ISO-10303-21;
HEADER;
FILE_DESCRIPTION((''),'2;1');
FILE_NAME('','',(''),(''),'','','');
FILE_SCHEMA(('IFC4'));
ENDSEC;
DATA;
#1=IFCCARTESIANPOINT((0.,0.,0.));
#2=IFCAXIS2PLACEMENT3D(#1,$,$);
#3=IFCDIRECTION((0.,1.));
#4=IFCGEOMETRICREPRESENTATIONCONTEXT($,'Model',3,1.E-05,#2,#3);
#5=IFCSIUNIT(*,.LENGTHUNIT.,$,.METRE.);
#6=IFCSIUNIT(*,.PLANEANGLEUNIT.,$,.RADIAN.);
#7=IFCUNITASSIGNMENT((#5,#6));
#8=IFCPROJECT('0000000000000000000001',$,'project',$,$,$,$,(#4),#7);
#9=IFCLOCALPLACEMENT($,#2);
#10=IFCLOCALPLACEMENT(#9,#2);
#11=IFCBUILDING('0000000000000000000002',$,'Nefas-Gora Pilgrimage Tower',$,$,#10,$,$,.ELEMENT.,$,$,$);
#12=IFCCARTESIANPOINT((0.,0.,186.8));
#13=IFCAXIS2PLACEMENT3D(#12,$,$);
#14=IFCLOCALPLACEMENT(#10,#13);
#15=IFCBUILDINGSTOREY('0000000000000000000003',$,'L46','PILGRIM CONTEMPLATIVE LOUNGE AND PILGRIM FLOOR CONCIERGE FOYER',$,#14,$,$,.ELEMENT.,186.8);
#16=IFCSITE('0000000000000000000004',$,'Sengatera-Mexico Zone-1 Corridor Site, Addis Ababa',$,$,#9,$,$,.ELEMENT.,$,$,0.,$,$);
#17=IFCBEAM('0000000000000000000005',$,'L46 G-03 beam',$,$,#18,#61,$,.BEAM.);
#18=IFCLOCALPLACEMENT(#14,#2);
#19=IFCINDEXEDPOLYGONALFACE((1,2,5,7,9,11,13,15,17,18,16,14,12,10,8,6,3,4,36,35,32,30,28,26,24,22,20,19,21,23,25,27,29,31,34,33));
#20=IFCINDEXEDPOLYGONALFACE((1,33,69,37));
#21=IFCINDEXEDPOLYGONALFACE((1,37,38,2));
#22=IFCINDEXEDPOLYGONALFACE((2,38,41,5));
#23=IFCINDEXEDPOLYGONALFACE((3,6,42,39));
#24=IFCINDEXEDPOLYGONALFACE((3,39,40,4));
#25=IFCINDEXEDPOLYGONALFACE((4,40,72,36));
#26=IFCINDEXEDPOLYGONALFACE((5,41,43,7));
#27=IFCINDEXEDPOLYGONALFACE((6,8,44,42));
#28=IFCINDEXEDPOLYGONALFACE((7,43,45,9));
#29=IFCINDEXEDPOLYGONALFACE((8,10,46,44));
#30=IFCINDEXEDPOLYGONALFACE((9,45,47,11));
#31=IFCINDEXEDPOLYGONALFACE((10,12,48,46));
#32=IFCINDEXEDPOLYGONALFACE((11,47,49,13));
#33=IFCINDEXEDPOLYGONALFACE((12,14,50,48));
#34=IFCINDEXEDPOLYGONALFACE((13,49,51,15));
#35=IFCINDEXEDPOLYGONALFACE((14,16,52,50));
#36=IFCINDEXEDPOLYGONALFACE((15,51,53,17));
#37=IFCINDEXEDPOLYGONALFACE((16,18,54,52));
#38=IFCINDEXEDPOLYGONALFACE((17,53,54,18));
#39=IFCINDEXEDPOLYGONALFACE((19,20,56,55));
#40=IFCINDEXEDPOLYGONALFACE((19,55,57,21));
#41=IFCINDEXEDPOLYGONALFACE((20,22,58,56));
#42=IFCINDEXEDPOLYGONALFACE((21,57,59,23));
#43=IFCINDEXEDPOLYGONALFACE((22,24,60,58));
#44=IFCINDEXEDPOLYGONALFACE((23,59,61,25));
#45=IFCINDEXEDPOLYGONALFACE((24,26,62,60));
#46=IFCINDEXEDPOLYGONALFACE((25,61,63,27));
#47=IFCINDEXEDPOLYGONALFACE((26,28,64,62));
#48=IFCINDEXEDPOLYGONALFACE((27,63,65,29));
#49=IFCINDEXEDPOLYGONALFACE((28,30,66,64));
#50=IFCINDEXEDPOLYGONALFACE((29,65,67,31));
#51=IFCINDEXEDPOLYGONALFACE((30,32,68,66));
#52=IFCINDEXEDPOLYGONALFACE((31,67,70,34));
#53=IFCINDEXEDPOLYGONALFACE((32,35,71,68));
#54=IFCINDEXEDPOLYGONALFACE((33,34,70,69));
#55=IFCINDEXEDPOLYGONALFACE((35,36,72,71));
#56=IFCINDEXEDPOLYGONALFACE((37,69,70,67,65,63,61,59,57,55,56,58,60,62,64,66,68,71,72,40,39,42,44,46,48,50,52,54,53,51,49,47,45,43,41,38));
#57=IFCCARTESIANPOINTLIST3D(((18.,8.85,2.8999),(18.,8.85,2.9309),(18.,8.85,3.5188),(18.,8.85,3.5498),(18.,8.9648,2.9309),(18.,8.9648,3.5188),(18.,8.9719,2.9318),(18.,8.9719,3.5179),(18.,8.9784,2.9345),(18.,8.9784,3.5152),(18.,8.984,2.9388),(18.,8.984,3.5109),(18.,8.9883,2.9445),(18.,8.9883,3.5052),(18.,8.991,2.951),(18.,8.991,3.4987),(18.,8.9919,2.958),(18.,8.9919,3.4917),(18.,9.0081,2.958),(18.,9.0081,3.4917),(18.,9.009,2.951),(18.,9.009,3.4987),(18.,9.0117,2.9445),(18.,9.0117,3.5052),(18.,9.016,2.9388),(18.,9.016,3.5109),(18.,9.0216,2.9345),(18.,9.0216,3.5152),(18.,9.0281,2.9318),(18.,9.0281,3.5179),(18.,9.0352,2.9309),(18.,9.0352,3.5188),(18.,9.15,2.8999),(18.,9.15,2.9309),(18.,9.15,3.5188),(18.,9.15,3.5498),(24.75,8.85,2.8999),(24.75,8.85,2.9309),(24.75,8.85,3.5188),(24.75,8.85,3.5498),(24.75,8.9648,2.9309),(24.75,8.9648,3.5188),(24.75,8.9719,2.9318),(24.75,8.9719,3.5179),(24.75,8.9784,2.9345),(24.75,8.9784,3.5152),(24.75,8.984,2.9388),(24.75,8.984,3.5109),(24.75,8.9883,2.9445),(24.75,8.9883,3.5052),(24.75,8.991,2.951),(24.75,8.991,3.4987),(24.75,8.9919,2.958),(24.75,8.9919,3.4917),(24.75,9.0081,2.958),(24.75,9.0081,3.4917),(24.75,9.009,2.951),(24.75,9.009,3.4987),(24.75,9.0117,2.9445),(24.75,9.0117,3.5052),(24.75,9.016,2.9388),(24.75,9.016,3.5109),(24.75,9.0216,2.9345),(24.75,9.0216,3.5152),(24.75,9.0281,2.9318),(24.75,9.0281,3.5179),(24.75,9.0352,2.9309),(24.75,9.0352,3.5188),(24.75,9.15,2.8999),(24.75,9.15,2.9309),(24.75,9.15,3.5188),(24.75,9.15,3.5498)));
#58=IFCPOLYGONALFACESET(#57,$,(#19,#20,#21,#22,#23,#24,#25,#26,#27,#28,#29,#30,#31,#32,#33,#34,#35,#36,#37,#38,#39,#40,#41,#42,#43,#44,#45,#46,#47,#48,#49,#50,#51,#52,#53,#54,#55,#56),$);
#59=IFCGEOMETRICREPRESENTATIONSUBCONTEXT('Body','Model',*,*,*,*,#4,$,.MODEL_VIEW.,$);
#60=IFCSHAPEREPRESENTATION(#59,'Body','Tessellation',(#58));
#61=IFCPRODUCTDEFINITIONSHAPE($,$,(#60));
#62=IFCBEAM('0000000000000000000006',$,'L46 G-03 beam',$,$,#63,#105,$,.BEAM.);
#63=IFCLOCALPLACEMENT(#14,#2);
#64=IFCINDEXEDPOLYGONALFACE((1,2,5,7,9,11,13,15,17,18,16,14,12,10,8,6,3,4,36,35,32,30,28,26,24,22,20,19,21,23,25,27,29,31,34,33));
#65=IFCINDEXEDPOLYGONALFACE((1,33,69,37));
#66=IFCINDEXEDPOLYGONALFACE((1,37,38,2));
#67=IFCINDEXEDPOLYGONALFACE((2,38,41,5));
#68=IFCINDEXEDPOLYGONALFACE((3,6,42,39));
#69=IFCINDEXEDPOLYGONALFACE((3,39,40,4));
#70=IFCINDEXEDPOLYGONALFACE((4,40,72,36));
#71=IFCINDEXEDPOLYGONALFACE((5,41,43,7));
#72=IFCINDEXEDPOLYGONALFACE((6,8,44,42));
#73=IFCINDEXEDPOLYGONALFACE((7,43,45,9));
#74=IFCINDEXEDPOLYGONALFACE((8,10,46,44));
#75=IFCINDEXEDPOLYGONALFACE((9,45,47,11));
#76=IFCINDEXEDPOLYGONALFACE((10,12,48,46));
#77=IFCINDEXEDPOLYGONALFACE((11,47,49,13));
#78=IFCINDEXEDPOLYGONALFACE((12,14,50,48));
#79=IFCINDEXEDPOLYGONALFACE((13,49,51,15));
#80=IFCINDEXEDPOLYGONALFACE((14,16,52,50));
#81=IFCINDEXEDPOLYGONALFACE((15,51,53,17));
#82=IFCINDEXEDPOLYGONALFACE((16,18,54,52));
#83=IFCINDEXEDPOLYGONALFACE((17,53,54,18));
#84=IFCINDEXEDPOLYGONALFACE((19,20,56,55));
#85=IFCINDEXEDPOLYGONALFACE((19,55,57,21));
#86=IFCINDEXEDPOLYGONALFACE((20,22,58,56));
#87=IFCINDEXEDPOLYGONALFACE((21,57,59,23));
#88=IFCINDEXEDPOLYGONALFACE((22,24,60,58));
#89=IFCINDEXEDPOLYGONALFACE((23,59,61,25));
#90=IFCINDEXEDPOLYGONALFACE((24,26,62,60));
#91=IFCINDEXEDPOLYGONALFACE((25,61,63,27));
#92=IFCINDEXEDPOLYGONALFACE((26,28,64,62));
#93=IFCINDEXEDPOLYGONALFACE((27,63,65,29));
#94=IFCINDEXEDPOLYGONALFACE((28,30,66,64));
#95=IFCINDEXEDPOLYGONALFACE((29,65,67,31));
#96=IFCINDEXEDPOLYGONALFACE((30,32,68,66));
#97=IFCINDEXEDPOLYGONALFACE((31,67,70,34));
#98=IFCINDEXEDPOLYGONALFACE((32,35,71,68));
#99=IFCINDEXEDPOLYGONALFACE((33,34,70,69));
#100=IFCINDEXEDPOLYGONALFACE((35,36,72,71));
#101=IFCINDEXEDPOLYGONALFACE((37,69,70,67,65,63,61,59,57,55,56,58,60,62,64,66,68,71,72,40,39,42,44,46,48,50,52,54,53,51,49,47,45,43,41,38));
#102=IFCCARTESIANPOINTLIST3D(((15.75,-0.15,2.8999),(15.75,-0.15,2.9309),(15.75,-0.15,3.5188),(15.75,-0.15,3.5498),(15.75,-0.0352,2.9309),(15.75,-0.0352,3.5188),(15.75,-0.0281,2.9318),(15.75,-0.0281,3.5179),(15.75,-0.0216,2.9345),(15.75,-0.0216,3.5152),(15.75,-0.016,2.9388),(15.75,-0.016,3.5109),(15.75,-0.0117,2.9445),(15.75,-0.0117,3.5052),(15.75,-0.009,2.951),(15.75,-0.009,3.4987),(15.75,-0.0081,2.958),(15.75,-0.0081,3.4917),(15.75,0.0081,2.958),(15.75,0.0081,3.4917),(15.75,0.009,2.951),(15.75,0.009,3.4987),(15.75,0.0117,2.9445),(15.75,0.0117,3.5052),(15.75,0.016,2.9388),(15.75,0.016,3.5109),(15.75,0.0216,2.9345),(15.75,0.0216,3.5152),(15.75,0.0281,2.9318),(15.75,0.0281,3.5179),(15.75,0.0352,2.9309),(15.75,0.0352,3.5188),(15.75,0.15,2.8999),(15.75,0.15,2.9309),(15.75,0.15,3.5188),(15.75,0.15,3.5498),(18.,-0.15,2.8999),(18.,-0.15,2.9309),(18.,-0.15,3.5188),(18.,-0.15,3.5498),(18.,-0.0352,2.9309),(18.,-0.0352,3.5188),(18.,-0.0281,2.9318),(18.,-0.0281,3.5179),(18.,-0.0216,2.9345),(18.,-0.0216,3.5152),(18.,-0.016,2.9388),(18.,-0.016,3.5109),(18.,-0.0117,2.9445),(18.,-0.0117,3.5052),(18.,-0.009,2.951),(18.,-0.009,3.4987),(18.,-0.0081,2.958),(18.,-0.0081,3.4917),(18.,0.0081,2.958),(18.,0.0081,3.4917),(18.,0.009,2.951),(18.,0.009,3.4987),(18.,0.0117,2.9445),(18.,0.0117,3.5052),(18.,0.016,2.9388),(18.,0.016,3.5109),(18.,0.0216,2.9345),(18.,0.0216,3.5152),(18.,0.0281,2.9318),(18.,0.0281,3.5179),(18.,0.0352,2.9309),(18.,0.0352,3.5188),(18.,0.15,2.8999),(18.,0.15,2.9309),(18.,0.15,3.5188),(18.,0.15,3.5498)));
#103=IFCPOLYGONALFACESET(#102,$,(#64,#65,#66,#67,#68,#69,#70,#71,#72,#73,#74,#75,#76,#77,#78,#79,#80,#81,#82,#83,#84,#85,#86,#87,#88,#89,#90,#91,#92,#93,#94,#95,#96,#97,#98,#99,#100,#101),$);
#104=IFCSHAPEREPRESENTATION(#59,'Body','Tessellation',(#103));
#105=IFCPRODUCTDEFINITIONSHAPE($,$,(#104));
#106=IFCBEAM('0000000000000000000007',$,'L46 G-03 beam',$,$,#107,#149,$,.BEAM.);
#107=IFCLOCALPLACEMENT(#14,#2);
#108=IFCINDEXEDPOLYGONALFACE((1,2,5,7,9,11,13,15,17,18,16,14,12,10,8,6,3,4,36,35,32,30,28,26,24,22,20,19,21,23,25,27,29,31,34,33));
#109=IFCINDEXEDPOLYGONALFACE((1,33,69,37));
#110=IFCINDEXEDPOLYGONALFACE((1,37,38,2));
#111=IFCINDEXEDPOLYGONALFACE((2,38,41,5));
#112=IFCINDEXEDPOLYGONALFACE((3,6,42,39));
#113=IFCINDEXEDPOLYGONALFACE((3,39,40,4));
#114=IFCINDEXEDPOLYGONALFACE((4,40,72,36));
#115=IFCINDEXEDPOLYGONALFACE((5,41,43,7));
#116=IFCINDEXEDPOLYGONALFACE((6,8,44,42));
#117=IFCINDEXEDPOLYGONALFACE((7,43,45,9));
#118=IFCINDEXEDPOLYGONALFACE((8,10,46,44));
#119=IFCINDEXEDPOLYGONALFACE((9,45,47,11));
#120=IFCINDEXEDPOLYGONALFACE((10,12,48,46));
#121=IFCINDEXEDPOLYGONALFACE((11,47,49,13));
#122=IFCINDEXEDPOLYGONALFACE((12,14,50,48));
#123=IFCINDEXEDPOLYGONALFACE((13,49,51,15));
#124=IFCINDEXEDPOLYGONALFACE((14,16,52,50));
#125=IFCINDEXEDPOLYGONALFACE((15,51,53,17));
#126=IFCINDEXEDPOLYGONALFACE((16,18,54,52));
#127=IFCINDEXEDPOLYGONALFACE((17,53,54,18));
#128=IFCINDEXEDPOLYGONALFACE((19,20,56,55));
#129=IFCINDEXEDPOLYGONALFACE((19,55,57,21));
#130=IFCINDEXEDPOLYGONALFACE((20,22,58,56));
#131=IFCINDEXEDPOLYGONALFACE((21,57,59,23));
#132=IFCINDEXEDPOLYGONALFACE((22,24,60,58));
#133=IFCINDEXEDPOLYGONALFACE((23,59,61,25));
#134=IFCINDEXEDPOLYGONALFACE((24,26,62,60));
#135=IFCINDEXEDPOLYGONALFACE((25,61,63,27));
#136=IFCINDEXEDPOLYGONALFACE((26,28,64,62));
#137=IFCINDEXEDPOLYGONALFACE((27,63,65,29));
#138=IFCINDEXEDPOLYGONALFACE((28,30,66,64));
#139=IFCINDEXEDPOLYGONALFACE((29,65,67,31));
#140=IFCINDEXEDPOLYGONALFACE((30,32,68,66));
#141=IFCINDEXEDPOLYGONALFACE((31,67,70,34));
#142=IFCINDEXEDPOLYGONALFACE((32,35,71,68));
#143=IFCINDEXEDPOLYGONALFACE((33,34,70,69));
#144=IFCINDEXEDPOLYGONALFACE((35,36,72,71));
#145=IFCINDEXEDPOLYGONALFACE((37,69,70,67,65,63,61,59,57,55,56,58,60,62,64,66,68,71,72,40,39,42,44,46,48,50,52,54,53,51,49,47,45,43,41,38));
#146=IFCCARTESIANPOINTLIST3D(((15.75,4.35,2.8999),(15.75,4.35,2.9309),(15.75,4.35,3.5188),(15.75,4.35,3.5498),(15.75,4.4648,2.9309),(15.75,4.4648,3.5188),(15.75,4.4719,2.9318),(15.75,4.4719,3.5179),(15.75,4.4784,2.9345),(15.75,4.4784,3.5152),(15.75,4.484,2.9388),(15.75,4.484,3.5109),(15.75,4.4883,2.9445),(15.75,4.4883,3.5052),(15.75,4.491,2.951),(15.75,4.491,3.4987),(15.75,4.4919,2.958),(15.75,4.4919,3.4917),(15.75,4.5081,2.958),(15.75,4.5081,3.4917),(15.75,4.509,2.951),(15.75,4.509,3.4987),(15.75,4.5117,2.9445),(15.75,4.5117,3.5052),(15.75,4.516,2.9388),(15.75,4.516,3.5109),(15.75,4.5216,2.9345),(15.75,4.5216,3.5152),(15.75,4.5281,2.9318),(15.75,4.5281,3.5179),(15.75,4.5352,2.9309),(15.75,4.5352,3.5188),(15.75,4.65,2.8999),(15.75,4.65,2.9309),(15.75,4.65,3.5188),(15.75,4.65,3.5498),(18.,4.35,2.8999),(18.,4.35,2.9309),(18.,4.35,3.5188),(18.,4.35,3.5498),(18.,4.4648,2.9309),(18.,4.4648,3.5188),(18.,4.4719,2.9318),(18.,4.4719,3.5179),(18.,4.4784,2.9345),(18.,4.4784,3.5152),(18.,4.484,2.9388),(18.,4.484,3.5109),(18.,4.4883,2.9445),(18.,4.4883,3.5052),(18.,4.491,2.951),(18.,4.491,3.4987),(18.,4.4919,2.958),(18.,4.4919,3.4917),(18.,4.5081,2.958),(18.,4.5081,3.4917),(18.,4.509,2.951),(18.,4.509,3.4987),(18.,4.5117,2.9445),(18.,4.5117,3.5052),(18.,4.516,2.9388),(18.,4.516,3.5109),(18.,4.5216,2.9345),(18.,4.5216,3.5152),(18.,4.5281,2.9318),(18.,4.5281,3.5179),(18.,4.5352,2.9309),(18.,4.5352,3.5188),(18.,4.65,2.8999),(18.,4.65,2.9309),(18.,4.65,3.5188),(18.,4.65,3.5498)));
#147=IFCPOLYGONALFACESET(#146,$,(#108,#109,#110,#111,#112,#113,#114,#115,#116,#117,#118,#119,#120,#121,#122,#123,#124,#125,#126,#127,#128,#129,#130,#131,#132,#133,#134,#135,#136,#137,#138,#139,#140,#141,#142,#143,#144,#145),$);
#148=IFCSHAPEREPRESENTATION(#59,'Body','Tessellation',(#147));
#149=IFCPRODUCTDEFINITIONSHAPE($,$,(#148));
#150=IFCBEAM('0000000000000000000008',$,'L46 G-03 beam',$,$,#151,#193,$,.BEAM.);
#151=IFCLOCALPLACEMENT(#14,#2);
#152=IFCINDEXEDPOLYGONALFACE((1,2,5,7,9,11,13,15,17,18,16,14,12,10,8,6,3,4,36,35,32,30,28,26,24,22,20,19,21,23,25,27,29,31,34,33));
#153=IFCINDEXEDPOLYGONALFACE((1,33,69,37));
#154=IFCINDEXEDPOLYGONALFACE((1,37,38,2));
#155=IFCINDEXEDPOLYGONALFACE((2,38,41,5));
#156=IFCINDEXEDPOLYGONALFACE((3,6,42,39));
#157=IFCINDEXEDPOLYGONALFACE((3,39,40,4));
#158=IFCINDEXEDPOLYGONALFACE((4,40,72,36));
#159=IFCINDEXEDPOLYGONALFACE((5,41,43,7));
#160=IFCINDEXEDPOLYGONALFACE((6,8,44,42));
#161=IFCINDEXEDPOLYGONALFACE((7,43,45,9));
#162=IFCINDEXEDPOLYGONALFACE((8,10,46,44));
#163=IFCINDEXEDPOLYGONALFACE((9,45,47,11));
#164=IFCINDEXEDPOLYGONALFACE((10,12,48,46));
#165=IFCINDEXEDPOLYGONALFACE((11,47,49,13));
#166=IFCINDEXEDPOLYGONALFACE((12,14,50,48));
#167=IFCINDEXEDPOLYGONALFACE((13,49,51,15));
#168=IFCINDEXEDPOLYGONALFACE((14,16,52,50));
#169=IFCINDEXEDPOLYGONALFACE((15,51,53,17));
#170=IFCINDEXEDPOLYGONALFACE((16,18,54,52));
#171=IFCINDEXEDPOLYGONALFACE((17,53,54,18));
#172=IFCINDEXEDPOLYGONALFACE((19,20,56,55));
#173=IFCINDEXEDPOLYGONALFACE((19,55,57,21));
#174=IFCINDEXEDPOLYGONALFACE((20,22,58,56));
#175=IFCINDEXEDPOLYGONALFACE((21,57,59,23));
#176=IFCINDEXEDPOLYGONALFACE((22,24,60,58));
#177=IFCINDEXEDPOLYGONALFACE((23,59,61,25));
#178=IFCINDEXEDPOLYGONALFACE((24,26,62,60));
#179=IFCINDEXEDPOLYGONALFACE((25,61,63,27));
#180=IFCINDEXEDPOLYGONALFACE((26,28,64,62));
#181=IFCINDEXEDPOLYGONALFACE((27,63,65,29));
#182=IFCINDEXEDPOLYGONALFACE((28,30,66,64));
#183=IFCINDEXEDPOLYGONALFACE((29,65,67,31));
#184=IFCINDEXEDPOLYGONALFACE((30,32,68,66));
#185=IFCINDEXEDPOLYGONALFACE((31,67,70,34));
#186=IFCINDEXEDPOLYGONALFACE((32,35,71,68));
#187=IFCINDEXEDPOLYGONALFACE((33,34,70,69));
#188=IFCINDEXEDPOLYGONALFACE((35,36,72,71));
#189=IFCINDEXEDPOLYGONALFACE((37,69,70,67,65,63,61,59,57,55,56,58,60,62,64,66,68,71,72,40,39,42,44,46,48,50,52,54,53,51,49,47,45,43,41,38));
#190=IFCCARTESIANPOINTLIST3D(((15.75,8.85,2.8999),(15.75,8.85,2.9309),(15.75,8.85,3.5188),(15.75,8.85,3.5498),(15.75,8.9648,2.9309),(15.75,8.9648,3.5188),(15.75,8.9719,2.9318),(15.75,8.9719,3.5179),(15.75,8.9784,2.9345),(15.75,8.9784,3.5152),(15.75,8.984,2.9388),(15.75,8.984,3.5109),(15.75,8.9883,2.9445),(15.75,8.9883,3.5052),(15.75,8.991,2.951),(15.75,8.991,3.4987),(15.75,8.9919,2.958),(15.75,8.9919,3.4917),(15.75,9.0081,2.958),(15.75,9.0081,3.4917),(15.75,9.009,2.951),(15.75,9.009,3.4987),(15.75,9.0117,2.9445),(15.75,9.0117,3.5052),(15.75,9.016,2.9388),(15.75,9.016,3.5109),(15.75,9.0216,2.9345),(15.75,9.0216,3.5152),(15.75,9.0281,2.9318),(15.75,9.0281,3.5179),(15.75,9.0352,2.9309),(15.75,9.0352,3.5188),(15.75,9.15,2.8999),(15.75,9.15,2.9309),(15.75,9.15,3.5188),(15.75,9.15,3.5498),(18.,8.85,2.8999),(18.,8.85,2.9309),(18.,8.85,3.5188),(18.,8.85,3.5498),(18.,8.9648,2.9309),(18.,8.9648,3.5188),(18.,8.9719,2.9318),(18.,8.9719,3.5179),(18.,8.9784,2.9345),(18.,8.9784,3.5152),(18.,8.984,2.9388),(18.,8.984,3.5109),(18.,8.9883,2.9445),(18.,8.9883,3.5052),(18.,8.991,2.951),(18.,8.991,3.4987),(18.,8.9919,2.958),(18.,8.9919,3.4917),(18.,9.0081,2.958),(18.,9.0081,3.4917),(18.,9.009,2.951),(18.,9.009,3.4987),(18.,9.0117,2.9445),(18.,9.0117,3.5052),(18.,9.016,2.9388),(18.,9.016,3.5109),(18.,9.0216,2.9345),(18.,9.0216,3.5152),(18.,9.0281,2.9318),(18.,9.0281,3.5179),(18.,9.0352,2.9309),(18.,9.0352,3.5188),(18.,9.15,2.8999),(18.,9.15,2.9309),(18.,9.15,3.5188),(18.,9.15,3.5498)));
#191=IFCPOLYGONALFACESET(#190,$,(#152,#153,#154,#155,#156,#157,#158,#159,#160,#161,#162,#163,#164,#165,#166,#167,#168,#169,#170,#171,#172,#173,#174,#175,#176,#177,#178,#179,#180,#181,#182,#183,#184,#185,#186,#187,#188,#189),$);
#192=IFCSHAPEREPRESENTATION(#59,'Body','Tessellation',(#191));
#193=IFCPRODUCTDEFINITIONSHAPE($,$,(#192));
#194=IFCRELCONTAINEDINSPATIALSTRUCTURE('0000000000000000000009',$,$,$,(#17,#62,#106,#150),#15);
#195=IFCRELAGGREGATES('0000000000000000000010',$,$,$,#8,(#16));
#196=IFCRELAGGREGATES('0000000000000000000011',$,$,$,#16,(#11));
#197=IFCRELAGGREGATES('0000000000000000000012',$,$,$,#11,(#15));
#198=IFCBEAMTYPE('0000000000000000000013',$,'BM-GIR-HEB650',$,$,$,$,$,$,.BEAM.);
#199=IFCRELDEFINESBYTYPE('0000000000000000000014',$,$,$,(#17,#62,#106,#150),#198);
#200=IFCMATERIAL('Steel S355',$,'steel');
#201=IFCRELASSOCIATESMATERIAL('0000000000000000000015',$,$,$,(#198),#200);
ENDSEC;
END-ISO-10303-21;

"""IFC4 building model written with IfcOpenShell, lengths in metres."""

from ifc_helpers import new_model, si_unit, direction, frame, origin, origin_2d, place, context, subcontext, project, spatial, i_section, extrude, source, transform, mapped, material, material_profile, profile_set, type_object, element, save


model = new_model("IFC4")

# Units and contexts
model_context = context("Model", 3, precision=1e-05, world=origin(), true_north=direction((0.0, 1.0)))
body_context = subcontext(model_context, "Body", "Model", "MODEL_VIEW")
ifc_project = project(units=[si_unit("LENGTHUNIT", "METRE"), si_unit("PLANEANGLEUNIT", "RADIAN")], contexts=[model_context])

# Site, building, storey
site_placement = place(None, origin())
site = spatial("IfcSite", under=ifc_project, at=site_placement, Name="Sengatera-Mexico Zone-1 Corridor Site, Addis Ababa", CompositionType="ELEMENT", RefElevation=0.0)
building_placement = place(site_placement, origin())
building = spatial("IfcBuilding", under=site, at=building_placement, Name="Nefas-Gora Pilgrimage Tower", CompositionType="ELEMENT")
storey_placement = place(building_placement, frame((0.0, 0.0, 186.8)))
storey = spatial("IfcBuildingStorey", under=building, at=storey_placement, Name="L46", Description="PILGRIM CONTEMPLATIVE LOUNGE AND PILGRIM FLOOR CONCIERGE FOYER", CompositionType="ELEMENT", Elevation=186.8)

# Beams
ifc_material_1 = material(Name="Steel S355", Category="steel")
ifc_material_profile_1 = material_profile(ifc_material_1, i_section(OverallWidth=0.3, OverallDepth=0.6499, WebThickness=0.0161, FlangeThickness=0.031, FilletRadius=0.0271, at=origin_2d()), Name="HEB 650")
ifc_profile_set_1 = profile_set([ifc_material_profile_1], Name="Steel S355")
beam_type_1 = type_object("IfcBeamType", Name="BM-GIR-HEB650", PredefinedType="BEAM", material=ifc_profile_set_1)
shared_shape_1 = source(origin(), body_context, "Body", "SweptSolid", [
    extrude(i_section(OverallWidth=0.3, OverallDepth=0.6499, WebThickness=0.0161, FlangeThickness=0.031, FilletRadius=0.0271, at=origin_2d()), origin(), (0.0, 0.0, 1.0), 6.75),
])
for number, where, z_axis, x_axis, name in (
    (1, (18.0, 9.0, 3.2249), (1.0, 0.0, 0.0), (0.0, 1.0, 0.0), "L46 G-03 beam"),
):
    element("IfcBeam", number, at=place(storey_placement, frame(where, z_axis=z_axis, x_axis=x_axis)), inside=storey, type_object=beam_type_1, Name=name, PredefinedType="BEAM", context=body_context, shape_type="MappedRepresentation", body=[
        mapped(shared_shape_1, transform((0.0, 0.0, 0.0), x_axis=(1.0, 0.0, 0.0), y_axis=(0.0, 1.0, 0.0), z_axis=(0.0, 0.0, 1.0), scale=1.0)),
    ])
shared_shape_2 = source(origin(), body_context, "Body", "SweptSolid", [
    extrude(i_section(OverallWidth=0.3, OverallDepth=0.6499, WebThickness=0.0161, FlangeThickness=0.031, FilletRadius=0.0271, at=origin_2d()), origin(), (0.0, 0.0, 1.0), 2.25),
])
for number, where, z_axis, x_axis, name in (
    (2, (15.75, 0.0, 3.2249), (1.0, 0.0, 0.0), (0.0, 1.0, 0.0), "L46 G-03 beam"),
    (3, (15.75, 4.5, 3.2249), (1.0, 0.0, 0.0), (0.0, 1.0, 0.0), "L46 G-03 beam"),
    (4, (15.75, 9.0, 3.2249), (1.0, 0.0, 0.0), (0.0, 1.0, 0.0), "L46 G-03 beam"),
):
    element("IfcBeam", number, at=place(storey_placement, frame(where, z_axis=z_axis, x_axis=x_axis)), inside=storey, type_object=beam_type_1, Name=name, PredefinedType="BEAM", context=body_context, shape_type="MappedRepresentation", body=[
        mapped(shared_shape_2, transform((0.0, 0.0, 0.0), x_axis=(1.0, 0.0, 0.0), y_axis=(0.0, 1.0, 0.0), z_axis=(0.0, 0.0, 1.0), scale=1.0)),
    ])

save(model, "model.ifc")
